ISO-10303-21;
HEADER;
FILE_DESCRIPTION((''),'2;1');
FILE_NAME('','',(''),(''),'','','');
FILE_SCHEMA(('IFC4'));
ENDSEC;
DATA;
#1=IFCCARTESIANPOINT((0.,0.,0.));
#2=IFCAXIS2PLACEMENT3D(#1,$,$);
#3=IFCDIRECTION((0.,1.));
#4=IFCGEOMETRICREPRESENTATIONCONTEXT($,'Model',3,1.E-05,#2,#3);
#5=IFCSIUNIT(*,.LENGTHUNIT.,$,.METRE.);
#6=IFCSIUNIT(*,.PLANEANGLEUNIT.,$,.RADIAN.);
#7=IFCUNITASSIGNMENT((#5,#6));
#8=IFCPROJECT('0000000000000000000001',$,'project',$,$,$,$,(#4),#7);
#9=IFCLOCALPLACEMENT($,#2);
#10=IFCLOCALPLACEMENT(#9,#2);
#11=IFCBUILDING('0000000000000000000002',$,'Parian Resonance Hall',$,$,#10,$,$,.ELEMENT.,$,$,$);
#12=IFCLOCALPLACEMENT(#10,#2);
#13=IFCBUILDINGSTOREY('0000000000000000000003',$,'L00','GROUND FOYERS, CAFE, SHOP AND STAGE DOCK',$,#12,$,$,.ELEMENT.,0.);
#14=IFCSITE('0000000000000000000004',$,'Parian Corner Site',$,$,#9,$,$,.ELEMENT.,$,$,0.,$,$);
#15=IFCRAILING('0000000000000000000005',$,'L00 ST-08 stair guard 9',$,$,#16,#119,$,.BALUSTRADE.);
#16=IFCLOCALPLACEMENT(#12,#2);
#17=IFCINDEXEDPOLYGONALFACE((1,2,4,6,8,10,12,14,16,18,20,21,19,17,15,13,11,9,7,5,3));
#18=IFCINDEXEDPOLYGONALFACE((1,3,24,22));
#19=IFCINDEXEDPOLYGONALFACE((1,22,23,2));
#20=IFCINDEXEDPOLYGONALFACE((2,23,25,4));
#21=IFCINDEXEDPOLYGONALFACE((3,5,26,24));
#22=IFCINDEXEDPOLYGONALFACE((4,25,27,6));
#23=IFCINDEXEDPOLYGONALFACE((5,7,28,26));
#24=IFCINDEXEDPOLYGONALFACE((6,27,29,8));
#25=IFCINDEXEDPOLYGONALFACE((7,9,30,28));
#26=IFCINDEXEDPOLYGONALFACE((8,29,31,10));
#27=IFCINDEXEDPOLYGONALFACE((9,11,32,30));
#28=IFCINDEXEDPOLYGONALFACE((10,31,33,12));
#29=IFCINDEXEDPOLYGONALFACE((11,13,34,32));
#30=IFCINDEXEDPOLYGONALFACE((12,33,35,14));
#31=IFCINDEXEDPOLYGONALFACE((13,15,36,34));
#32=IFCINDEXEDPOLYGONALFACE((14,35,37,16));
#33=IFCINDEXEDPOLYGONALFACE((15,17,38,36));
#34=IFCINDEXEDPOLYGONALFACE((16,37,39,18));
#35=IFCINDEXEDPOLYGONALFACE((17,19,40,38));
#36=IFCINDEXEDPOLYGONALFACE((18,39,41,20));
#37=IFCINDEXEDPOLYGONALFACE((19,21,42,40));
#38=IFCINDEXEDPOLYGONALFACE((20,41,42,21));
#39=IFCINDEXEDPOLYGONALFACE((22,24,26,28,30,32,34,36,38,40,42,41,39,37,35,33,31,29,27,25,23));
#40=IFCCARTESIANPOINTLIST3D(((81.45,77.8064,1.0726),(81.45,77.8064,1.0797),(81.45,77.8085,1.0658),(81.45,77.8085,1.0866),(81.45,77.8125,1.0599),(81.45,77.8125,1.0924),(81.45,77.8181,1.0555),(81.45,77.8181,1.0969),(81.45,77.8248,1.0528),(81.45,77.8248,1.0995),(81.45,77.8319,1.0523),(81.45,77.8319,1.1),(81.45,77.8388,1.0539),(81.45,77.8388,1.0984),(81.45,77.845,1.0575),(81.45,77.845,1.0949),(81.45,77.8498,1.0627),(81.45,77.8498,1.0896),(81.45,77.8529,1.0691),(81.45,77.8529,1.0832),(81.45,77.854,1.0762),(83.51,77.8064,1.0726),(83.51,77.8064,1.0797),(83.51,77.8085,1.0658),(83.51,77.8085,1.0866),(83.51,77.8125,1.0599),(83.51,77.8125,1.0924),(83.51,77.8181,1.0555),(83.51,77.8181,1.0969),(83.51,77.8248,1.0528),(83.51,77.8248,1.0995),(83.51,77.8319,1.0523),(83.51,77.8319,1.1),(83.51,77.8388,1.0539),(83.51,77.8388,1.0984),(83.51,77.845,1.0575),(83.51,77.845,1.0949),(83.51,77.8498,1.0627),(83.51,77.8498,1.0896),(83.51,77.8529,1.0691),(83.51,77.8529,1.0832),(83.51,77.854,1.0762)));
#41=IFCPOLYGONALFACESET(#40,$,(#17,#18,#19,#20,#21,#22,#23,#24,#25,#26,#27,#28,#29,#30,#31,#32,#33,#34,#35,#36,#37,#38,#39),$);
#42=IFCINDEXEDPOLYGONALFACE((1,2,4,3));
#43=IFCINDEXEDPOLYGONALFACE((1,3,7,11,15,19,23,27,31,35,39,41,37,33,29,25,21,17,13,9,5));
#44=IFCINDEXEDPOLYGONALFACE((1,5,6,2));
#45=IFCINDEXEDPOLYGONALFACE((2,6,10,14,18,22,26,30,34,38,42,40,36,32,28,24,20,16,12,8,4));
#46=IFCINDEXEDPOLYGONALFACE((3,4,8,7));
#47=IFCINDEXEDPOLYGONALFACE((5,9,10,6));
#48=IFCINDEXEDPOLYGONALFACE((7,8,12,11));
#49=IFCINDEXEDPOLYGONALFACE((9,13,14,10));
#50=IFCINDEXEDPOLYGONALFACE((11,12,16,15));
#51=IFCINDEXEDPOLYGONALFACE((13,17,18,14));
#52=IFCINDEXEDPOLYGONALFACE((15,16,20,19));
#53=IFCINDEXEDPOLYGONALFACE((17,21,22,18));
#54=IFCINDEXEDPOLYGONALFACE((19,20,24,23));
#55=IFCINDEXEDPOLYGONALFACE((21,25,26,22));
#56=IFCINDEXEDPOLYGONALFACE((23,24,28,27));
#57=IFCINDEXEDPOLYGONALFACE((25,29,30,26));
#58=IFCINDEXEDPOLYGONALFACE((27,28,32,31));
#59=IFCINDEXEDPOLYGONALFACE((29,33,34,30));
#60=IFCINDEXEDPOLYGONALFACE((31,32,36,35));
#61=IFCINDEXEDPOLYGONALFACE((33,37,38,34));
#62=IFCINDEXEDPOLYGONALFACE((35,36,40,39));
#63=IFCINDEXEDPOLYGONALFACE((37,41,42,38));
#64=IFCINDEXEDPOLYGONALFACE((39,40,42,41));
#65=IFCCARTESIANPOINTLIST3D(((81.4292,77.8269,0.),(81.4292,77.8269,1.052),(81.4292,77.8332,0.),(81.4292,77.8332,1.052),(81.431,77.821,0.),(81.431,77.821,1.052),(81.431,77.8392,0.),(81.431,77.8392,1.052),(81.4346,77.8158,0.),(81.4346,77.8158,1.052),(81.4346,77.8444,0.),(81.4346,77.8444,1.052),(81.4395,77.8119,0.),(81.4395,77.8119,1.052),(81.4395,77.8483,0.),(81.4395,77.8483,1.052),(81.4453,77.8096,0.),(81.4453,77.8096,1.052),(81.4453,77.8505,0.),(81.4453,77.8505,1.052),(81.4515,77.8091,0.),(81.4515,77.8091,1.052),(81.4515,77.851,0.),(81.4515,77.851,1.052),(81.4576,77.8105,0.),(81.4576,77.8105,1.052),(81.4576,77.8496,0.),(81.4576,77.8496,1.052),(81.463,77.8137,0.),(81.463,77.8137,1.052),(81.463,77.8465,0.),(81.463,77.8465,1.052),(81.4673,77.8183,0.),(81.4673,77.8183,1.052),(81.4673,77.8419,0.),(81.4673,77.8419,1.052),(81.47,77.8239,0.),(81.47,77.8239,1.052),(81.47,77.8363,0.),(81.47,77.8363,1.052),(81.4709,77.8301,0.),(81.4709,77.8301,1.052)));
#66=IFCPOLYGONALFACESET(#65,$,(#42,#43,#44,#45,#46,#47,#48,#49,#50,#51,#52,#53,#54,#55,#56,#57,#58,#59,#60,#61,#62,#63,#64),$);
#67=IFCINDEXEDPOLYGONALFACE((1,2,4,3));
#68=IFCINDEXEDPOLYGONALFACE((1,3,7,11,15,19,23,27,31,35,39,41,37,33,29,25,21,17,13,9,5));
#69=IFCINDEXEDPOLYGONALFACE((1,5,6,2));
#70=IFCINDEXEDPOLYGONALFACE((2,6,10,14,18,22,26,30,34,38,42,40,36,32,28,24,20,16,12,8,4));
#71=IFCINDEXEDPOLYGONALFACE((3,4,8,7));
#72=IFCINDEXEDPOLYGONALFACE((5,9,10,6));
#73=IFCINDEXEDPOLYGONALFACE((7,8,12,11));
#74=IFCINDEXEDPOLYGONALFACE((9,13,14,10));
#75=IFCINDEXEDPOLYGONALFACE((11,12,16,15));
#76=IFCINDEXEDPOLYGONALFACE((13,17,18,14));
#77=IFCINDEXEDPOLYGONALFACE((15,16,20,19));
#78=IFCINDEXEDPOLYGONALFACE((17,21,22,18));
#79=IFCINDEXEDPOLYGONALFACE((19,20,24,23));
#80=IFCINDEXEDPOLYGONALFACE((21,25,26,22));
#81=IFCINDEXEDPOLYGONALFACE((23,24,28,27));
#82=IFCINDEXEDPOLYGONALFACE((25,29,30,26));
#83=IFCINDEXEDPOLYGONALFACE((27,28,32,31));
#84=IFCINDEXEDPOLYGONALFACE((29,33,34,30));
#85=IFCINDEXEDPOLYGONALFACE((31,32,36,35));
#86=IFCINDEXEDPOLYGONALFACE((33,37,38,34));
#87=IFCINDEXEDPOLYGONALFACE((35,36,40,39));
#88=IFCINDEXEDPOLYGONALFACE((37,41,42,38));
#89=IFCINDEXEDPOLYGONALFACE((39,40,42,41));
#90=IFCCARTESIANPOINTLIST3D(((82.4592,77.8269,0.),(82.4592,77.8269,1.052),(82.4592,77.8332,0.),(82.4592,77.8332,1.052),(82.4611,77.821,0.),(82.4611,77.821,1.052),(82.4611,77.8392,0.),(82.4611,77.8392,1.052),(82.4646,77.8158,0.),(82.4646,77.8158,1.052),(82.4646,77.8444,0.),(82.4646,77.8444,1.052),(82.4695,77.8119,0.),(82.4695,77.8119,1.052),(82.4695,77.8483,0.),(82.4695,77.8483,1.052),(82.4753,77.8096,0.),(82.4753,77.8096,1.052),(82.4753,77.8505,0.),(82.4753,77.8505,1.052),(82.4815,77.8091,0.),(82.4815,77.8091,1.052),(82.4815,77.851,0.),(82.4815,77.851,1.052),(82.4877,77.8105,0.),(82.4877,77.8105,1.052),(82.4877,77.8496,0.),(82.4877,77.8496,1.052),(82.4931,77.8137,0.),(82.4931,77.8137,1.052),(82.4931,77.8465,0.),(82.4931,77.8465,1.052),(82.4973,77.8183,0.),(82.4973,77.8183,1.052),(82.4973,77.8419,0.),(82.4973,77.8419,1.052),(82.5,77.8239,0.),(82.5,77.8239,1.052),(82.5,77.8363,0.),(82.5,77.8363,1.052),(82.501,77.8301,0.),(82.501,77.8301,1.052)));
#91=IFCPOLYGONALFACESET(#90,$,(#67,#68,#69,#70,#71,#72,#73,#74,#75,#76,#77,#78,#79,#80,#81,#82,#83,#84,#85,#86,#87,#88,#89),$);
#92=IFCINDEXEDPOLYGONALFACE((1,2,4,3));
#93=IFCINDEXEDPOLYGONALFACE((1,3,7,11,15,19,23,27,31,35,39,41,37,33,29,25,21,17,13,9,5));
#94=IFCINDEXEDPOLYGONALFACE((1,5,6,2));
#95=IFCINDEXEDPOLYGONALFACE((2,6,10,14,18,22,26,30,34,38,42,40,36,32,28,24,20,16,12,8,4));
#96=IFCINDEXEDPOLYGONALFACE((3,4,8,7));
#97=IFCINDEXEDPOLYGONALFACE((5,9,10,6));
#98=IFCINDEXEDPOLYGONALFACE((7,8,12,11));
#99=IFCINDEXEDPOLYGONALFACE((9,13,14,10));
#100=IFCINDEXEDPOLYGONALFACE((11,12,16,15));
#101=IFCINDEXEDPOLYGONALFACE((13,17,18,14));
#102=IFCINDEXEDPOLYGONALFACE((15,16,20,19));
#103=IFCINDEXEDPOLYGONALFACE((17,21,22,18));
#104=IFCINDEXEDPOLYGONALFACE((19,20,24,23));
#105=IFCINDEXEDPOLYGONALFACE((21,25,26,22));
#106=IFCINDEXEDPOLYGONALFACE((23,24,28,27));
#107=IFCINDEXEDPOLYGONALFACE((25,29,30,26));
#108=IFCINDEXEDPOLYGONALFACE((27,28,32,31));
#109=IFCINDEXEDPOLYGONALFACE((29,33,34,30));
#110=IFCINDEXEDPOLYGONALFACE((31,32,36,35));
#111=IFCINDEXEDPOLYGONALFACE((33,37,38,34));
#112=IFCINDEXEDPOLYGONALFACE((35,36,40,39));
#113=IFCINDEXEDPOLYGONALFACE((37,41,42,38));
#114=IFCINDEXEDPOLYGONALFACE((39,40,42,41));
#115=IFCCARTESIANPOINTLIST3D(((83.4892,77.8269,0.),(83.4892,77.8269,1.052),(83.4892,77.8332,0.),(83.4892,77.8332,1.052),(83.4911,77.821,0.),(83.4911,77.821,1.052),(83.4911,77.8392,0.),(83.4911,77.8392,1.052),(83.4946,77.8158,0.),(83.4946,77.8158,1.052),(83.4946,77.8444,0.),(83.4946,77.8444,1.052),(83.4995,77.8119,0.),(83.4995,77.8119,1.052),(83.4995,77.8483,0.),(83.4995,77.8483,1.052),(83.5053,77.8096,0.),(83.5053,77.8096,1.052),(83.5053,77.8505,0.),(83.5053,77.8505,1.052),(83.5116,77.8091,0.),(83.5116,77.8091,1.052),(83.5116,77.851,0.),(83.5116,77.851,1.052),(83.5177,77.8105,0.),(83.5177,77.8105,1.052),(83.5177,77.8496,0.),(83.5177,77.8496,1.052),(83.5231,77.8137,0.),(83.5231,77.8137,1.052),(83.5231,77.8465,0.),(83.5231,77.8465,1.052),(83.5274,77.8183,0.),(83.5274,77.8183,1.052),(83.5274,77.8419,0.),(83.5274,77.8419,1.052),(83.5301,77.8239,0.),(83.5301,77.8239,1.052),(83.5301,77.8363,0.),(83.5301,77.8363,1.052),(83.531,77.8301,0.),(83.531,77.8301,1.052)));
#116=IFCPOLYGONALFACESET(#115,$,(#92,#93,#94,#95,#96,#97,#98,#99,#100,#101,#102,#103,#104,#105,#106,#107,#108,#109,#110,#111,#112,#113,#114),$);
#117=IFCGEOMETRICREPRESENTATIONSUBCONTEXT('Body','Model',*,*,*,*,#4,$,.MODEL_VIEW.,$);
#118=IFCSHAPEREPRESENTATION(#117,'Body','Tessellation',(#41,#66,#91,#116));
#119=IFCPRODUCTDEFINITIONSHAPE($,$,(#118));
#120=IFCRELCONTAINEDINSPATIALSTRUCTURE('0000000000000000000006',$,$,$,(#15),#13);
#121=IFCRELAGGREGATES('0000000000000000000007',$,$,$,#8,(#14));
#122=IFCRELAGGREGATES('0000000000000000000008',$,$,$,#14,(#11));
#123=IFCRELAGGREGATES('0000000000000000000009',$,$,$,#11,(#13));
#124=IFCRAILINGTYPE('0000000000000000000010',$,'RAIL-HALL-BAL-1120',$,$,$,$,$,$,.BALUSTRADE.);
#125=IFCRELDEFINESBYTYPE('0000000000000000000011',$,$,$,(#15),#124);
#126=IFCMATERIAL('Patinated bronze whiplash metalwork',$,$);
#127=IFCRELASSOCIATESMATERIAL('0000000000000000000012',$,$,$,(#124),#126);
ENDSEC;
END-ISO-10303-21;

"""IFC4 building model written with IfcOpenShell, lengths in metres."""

from ifc_helpers import new_model, si_unit, direction, frame, origin, origin_2d, place, context, subcontext, project, spatial, circle, extrude, material, type_object, element, save


model = new_model("IFC4")

# Units and contexts
model_context = context("Model", 3, precision=1e-05, world=origin(), true_north=direction((0.0, 1.0)))
body_context = subcontext(model_context, "Body", "Model", "MODEL_VIEW")
ifc_project = project(units=[si_unit("LENGTHUNIT", "METRE"), si_unit("PLANEANGLEUNIT", "RADIAN")], contexts=[model_context])

# Site, building, storey
site_placement = place(None, origin())
site = spatial("IfcSite", under=ifc_project, at=site_placement, Name="Parian Corner Site", CompositionType="ELEMENT", RefElevation=0.0)
building_placement = place(site_placement, origin())
building = spatial("IfcBuilding", under=site, at=building_placement, Name="Parian Resonance Hall", CompositionType="ELEMENT")
storey_placement = place(building_placement, origin())
storey = spatial("IfcBuildingStorey", under=building, at=storey_placement, Name="L00", Description="GROUND FOYERS, CAFE, SHOP AND STAGE DOCK", CompositionType="ELEMENT", Elevation=0.0)

# Railing
ifc_material_1 = material(Name="Patinated bronze whiplash metalwork")
railing_type_1 = type_object("IfcRailingType", Name="RAIL-HALL-BAL-1120", PredefinedType="BALUSTRADE", material=ifc_material_1)
for number, where, name in (
    (1, (81.45, 77.8301, 0.0), "L00 ST-08 stair guard 9"),
):
    element("IfcRailing", number, at=place(storey_placement, frame(where)), inside=storey, type_object=railing_type_1, Name=name, PredefinedType="BALUSTRADE", context=body_context, shape_type="SweptSolid", body=[
        extrude(circle(Radius=0.0239, at=origin_2d()), frame((0.0, 0.0, 1.0762), z_axis=(1.0, 0.0, 0.0), x_axis=(0.0, 1.0, 0.0)), (0.0, 0.0, 1.0), 2.0601),
        extrude(circle(Radius=0.021, at=origin_2d()), origin(), (0.0, 0.0, 1.0), 1.052),
        extrude(circle(Radius=0.021, at=origin_2d()), frame((1.03, 0.0, 0.0)), (0.0, 0.0, 1.0), 1.052),
        extrude(circle(Radius=0.021, at=origin_2d()), frame((2.0601, 0.0, 0.0)), (0.0, 0.0, 1.0), 1.052),
    ])

save(model, "model.ifc")
